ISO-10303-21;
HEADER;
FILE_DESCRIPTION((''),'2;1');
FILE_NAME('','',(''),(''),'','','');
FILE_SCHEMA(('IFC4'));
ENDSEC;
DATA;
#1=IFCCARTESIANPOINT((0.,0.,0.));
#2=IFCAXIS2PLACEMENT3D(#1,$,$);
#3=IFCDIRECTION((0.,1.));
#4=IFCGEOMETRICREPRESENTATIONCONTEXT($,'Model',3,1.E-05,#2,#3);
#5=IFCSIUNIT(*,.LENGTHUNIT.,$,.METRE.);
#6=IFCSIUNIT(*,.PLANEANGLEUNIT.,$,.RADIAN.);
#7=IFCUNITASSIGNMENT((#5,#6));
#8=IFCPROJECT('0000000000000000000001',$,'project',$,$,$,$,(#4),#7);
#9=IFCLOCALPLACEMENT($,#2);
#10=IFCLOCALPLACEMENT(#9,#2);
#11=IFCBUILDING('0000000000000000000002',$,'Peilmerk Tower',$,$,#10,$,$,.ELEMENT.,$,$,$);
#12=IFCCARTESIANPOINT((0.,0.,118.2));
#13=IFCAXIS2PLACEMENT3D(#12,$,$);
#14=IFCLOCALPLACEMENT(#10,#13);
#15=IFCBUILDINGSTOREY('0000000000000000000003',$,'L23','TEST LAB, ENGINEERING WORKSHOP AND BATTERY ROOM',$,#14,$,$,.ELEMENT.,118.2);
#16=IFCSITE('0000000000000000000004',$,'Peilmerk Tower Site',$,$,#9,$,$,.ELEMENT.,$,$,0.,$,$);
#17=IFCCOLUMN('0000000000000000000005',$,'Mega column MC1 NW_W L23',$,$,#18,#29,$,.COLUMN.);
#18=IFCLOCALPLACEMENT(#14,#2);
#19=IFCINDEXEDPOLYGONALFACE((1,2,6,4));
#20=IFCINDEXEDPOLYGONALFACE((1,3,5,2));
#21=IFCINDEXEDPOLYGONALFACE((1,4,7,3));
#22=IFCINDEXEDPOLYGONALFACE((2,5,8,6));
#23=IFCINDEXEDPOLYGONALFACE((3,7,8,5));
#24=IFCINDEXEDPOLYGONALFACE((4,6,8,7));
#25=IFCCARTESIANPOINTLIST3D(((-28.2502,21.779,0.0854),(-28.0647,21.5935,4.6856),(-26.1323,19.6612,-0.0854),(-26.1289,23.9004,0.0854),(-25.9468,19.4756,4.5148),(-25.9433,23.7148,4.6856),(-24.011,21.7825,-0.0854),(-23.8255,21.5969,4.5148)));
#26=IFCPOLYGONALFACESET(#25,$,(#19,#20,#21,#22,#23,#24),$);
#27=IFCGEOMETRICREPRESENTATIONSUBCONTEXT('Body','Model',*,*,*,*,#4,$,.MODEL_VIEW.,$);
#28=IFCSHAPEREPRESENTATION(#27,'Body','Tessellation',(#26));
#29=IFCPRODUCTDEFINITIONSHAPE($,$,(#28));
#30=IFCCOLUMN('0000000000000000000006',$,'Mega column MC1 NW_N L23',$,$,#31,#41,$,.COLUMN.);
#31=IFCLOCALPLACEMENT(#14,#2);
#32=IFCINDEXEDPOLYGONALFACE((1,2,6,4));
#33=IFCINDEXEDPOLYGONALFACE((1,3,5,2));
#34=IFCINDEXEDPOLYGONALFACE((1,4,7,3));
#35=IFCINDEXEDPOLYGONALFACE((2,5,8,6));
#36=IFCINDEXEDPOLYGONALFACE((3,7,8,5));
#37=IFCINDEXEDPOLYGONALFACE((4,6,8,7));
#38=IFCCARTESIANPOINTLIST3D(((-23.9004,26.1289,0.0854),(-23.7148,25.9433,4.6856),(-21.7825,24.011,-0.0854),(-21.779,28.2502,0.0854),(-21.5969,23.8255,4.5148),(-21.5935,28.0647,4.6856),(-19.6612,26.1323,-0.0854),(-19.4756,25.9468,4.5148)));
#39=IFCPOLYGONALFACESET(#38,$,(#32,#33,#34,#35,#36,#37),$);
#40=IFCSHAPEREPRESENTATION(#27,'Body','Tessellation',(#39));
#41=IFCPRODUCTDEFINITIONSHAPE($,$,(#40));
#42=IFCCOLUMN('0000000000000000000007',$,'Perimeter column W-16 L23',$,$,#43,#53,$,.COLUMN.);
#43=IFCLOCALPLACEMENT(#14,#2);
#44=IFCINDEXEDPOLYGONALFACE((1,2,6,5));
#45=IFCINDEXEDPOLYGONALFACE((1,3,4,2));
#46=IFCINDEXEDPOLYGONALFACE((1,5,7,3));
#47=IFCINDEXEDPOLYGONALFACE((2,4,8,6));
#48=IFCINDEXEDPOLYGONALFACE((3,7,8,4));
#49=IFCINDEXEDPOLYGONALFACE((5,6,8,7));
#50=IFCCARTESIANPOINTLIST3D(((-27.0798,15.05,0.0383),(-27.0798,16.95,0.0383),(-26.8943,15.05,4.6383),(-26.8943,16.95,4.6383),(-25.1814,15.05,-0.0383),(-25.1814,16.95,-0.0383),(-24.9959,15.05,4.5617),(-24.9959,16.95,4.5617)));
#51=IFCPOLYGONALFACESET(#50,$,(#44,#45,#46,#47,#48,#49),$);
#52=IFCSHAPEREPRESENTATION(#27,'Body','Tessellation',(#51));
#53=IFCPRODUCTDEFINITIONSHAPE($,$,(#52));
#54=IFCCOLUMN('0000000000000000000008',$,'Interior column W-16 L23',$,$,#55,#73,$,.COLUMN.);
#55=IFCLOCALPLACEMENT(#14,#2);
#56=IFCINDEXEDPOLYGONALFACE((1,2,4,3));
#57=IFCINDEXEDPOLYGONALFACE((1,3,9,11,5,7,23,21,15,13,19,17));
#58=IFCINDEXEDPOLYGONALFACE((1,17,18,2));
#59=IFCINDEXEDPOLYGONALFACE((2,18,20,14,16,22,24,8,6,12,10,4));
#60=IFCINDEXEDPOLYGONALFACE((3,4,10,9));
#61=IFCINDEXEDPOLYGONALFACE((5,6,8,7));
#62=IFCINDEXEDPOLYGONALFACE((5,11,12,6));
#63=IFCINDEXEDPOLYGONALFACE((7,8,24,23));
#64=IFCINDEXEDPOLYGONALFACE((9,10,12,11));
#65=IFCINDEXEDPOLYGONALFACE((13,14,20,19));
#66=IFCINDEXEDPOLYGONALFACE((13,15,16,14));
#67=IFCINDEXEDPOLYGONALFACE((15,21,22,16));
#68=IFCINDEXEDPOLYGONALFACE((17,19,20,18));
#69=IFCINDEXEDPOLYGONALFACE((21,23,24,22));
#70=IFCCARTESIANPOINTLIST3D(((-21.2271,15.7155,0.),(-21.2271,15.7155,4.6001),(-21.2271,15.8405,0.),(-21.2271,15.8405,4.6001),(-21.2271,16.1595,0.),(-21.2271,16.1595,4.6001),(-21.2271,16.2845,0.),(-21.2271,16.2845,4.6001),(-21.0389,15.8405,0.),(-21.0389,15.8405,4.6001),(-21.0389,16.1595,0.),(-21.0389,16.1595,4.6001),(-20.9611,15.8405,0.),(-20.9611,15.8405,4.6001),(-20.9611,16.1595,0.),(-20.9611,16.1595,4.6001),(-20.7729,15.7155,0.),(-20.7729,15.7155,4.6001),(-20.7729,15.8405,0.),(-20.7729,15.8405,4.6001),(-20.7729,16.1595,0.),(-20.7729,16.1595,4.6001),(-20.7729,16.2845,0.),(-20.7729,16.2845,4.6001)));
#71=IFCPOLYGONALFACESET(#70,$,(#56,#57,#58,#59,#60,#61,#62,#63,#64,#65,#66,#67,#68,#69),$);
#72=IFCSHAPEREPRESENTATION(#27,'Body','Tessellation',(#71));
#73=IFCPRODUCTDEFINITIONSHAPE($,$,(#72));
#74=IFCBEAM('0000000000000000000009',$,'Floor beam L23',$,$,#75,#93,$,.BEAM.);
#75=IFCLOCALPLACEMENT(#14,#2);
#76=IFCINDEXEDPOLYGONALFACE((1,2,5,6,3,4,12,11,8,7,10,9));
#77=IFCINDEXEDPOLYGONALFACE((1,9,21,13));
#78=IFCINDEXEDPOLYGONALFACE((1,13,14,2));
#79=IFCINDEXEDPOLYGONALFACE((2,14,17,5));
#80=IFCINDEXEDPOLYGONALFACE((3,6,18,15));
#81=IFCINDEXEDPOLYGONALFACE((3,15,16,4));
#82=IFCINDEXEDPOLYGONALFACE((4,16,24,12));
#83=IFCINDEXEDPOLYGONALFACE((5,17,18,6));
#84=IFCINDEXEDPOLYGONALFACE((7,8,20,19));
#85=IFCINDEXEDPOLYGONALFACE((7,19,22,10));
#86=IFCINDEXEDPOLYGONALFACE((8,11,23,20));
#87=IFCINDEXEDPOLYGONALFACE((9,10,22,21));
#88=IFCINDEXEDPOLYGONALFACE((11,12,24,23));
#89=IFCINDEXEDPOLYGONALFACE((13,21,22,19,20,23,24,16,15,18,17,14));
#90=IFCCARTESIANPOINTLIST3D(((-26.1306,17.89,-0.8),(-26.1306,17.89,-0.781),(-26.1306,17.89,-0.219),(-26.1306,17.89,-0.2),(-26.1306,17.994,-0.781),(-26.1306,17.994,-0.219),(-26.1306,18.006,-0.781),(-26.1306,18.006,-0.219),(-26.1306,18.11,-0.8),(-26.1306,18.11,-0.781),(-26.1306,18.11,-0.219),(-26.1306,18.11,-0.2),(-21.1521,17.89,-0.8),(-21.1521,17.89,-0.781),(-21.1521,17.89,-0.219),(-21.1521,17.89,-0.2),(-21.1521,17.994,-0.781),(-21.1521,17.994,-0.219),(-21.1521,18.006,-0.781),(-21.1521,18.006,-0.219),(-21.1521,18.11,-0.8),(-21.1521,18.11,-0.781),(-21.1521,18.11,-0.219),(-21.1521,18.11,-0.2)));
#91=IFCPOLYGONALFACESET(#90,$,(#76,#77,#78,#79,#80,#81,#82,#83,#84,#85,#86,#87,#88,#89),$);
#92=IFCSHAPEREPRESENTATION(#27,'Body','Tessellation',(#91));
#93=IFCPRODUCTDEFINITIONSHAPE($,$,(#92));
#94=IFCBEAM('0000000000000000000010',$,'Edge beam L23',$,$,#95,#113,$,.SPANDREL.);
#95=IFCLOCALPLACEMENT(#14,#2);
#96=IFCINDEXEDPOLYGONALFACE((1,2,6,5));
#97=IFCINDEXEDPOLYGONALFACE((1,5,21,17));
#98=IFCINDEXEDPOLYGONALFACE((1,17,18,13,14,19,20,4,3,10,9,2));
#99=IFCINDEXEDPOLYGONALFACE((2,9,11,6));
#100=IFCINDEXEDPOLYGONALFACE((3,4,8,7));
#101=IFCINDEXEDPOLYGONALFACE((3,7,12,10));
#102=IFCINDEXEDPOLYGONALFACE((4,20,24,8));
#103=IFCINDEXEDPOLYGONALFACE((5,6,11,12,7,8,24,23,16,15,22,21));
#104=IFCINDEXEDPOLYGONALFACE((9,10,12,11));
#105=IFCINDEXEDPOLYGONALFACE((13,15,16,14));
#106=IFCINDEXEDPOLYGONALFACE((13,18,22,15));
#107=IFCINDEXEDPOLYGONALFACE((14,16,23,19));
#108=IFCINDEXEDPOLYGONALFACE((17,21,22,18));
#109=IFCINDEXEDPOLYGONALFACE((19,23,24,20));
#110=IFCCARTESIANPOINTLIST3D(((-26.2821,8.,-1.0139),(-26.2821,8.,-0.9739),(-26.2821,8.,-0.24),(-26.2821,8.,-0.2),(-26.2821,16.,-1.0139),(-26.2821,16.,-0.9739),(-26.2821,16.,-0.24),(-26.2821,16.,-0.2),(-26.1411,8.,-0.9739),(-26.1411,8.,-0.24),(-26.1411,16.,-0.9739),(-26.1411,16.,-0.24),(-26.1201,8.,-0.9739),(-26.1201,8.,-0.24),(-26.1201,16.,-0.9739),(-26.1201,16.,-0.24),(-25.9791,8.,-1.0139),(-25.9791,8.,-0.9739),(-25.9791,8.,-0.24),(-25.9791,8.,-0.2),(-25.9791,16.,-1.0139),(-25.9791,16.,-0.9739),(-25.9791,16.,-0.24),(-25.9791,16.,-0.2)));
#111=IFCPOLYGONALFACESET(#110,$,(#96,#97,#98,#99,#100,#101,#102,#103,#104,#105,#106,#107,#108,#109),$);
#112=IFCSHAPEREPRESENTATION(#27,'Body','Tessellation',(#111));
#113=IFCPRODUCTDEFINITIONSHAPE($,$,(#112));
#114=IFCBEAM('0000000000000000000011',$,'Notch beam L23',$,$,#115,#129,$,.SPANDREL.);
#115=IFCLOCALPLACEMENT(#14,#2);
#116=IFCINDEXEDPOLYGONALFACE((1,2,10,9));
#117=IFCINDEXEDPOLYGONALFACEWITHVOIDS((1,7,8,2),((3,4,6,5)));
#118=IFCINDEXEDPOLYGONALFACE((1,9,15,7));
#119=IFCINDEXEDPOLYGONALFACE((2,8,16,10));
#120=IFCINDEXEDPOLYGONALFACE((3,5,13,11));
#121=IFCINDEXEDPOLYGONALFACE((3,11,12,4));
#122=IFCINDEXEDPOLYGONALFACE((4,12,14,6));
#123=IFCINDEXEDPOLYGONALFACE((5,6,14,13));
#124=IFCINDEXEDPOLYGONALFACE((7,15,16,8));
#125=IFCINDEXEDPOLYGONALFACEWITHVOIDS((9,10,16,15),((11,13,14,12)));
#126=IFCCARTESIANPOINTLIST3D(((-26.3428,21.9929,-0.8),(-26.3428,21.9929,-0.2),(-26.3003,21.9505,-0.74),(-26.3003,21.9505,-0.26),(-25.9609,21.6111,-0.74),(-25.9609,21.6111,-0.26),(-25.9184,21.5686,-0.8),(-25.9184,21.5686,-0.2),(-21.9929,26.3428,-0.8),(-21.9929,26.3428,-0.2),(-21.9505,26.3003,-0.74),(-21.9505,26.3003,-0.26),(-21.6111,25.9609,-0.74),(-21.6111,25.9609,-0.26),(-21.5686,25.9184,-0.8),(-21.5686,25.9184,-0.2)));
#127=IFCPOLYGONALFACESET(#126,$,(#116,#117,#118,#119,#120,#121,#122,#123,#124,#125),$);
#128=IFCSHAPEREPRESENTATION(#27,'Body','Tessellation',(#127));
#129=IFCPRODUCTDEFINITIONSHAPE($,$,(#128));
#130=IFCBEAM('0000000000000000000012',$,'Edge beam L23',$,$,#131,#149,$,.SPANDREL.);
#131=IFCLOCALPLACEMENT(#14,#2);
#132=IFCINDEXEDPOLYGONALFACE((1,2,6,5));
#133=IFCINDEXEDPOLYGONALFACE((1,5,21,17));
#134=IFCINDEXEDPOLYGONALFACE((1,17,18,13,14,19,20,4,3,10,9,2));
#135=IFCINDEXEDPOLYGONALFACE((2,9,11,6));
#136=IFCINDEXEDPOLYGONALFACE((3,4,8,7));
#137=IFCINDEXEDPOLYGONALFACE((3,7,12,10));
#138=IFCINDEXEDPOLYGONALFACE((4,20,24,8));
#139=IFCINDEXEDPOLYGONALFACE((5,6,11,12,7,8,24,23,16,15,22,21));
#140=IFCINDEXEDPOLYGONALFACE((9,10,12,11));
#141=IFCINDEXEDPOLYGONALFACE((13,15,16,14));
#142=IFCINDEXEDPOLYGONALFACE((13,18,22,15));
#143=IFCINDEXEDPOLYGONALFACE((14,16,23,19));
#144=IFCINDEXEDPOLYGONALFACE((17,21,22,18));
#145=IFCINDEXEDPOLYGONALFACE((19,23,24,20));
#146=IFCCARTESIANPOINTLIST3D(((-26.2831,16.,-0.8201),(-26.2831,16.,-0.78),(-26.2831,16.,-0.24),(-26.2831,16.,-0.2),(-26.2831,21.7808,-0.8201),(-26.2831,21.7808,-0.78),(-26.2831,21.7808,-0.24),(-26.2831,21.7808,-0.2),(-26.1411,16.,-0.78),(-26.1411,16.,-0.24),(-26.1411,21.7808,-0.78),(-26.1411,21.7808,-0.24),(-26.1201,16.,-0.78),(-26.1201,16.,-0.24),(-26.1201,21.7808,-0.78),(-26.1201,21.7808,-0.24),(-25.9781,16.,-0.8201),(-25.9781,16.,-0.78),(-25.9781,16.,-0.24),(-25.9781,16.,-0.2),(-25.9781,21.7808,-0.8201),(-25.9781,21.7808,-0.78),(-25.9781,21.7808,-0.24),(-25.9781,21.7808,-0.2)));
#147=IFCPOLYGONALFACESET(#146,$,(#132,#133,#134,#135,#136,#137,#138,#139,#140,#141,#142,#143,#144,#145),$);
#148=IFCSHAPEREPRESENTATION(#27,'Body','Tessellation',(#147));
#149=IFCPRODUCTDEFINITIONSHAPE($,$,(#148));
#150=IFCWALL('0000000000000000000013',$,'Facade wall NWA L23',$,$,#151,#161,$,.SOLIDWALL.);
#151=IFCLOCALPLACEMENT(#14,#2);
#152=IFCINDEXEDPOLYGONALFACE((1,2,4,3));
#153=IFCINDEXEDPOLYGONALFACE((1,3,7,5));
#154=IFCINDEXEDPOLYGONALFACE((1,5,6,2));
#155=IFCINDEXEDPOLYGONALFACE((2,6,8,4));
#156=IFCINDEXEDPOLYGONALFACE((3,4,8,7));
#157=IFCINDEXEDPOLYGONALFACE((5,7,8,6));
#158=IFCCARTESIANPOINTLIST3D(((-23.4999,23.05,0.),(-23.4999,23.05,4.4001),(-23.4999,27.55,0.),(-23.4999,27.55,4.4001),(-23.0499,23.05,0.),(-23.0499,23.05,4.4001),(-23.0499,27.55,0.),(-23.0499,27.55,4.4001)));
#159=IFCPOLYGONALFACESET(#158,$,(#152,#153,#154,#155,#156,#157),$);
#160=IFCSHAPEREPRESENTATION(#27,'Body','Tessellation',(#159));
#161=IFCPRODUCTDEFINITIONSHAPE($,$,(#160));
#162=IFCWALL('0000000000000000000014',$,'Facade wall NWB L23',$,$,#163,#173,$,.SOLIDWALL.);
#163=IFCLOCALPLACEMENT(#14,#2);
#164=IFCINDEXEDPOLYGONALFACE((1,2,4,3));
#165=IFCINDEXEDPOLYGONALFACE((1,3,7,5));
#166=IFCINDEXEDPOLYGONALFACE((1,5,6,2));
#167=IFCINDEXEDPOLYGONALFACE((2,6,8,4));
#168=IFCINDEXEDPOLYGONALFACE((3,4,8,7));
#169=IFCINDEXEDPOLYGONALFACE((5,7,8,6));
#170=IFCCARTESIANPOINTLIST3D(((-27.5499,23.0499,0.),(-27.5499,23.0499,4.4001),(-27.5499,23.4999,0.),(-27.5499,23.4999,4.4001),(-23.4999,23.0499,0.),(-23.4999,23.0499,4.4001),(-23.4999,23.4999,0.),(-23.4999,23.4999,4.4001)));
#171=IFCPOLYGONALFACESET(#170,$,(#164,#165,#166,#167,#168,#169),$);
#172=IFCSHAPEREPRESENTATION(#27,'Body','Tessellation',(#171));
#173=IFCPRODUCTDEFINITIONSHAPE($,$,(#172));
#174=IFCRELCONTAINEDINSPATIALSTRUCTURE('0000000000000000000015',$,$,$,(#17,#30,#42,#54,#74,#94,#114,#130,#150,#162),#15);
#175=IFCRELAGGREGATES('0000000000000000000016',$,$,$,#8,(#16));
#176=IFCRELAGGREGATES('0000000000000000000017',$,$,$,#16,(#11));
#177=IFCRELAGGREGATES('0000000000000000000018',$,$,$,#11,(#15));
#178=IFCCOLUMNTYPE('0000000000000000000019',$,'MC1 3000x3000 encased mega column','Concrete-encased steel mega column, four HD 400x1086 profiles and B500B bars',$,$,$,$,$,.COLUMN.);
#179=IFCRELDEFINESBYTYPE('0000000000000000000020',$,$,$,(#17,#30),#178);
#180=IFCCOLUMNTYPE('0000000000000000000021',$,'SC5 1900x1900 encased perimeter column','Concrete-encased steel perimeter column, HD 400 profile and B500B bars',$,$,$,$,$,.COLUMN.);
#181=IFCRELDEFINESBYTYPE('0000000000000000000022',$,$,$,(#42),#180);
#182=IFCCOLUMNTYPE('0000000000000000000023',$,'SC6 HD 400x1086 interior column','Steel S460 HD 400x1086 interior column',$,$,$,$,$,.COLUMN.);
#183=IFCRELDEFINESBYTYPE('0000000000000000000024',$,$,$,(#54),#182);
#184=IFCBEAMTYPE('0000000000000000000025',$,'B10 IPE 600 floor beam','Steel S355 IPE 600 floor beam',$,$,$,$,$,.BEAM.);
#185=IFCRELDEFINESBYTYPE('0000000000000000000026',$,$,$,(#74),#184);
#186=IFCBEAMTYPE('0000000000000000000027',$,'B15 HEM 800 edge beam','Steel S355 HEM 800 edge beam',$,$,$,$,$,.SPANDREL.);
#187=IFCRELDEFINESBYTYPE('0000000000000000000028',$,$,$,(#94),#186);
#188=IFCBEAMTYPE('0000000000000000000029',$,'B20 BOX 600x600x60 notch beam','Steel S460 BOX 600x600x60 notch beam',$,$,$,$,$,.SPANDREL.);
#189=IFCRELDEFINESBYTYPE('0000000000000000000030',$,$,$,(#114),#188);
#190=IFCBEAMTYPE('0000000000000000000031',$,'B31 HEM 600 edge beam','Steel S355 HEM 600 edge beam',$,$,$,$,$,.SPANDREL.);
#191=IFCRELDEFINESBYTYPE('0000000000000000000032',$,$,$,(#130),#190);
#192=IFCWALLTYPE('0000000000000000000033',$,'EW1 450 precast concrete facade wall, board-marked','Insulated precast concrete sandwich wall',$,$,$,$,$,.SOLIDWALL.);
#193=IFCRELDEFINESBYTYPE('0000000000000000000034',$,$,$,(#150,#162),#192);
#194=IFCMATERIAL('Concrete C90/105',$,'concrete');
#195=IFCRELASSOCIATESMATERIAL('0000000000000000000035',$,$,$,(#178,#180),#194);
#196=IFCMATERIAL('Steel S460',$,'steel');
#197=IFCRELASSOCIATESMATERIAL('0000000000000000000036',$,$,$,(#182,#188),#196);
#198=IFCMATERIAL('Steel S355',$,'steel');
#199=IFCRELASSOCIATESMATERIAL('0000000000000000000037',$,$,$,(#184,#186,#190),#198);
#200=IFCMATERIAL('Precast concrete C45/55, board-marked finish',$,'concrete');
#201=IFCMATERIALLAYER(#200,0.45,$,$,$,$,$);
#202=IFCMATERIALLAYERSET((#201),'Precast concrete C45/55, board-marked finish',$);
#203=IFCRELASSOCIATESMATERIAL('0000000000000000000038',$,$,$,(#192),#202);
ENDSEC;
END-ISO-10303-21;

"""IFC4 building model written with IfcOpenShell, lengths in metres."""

from ifc_helpers import new_model, si_unit, direction, frame, frame_2d, origin, origin_2d, place, context, subcontext, project, spatial, rectangle, hollow_rectangle, i_section, extrude, material, layer, layer_set, material_profile, profile_set, type_object, element, save


model = new_model("IFC4")

# Units and contexts
model_context = context("Model", 3, precision=1e-05, world=origin(), true_north=direction((0.0, 1.0)))
body_context = subcontext(model_context, "Body", "Model", "MODEL_VIEW")
ifc_project = project(units=[si_unit("LENGTHUNIT", "METRE"), si_unit("PLANEANGLEUNIT", "RADIAN")], contexts=[model_context])

# Site, building, storey
site_placement = place(None, origin())
site = spatial("IfcSite", under=ifc_project, at=site_placement, Name="Peilmerk Tower Site", CompositionType="ELEMENT", RefElevation=0.0)
building_placement = place(site_placement, origin())
building = spatial("IfcBuilding", under=site, at=building_placement, Name="Peilmerk Tower", CompositionType="ELEMENT")
storey_placement = place(building_placement, frame((0.0, 0.0, 118.2)))
storey = spatial("IfcBuildingStorey", under=building, at=storey_placement, Name="L23", Description="TEST LAB, ENGINEERING WORKSHOP AND BATTERY ROOM", CompositionType="ELEMENT", Elevation=118.2)

# Columns
ifc_material_1 = material(Name="Concrete C90/105", Category="concrete")
ifc_material_profile_1 = material_profile(ifc_material_1, rectangle(XDim=3.0, YDim=3.0, at=origin_2d()), Name="RC 3000x3000")
ifc_profile_set_1 = profile_set([ifc_material_profile_1], Name="Concrete C90/105")
column_type_1 = type_object("IfcColumnType", Name="MC1 3000x3000 encased mega column", Description="Concrete-encased steel mega column, four HD 400x1086 profiles and B500B bars", PredefinedType="COLUMN", material=ifc_profile_set_1)
for number, where, z_axis, x_axis, name in (
    (1, (-26.1306, 21.7808, 0.0), (0.04027, -0.04027, 0.998377), (0.707107, 0.707107, 0.0), "Mega column MC1 NW_W L23"),
    (2, (-21.7808, 26.1306, 0.0), (0.04027, -0.04027, 0.998377), (0.707107, 0.707107, 0.0), "Mega column MC1 NW_N L23"),
):
    element("IfcColumn", number, at=place(storey_placement, frame(where, z_axis=z_axis, x_axis=x_axis)), inside=storey, type_object=column_type_1, Name=name, PredefinedType="COLUMN", context=body_context, shape_type="SweptSolid", body=[
        extrude(rectangle(XDim=3.0, YDim=3.0, at=origin_2d()), origin(), (0.0, 0.0, 1.0), 4.6077),
    ])
ifc_material_profile_2 = material_profile(ifc_material_1, rectangle(XDim=1.8999, YDim=1.8999, at=origin_2d()), Name="RC 1900x1900")
ifc_profile_set_2 = profile_set([ifc_material_profile_2], Name="Concrete C90/105")
column_type_2 = type_object("IfcColumnType", Name="SC5 1900x1900 encased perimeter column", Description="Concrete-encased steel perimeter column, HD 400 profile and B500B bars", PredefinedType="COLUMN", material=ifc_profile_set_2)
column_1_placement = place(storey_placement, frame((-26.1306, 16.0, 0.0), z_axis=(0.040303, 0.0, 0.999188), x_axis=(0.0, 1.0, 0.0)))
element("IfcColumn", 3, at=column_1_placement, inside=storey, type_object=column_type_2, Name="Perimeter column W-16 L23", PredefinedType="COLUMN", context=body_context, shape_type="SweptSolid", body=[
    extrude(rectangle(XDim=1.8999, YDim=1.8999, at=origin_2d()), origin(), (0.0, 0.0, 1.0), 4.6038),
])
ifc_material_2 = material(Name="Steel S460", Category="steel")
ifc_material_profile_3 = material_profile(ifc_material_2, i_section(OverallWidth=0.4541, OverallDepth=0.5691, WebThickness=0.0779, FlangeThickness=0.125, at=origin_2d()), Name="HD 400x1086")
ifc_profile_set_3 = profile_set([ifc_material_profile_3], Name="Steel S460")
column_type_3 = type_object("IfcColumnType", Name="SC6 HD 400x1086 interior column", Description="Steel S460 HD 400x1086 interior column", PredefinedType="COLUMN", material=ifc_profile_set_3)
column_2_placement = place(storey_placement, frame((-21.0, 16.0, 0.0), z_axis=(0.0, 0.0, 1.0), x_axis=(1.0, 0.0, 0.0)))
element("IfcColumn", 4, at=column_2_placement, inside=storey, type_object=column_type_3, Name="Interior column W-16 L23", PredefinedType="COLUMN", context=body_context, shape_type="SweptSolid", body=[
    extrude(i_section(OverallWidth=0.4541, OverallDepth=0.5691, WebThickness=0.0779, FlangeThickness=0.125, at=origin_2d()), origin(), (0.0, 0.0, 1.0), 4.6001),
])

# Beams
ifc_material_3 = material(Name="Steel S355", Category="steel")
ifc_material_profile_4 = material_profile(ifc_material_3, i_section(OverallWidth=0.22, OverallDepth=0.6001, WebThickness=0.012, FlangeThickness=0.019, at=origin_2d()), Name="IPE 600")
ifc_profile_set_4 = profile_set([ifc_material_profile_4], Name="Steel S355")
beam_type_1 = type_object("IfcBeamType", Name="B10 IPE 600 floor beam", Description="Steel S355 IPE 600 floor beam", PredefinedType="BEAM", material=ifc_profile_set_4)
beam_1_placement = place(storey_placement, frame((-21.1521, 18.0, -0.5), z_axis=(-1.0, 0.0, 0.0), x_axis=(0.0, -1.0, 0.0)))
element("IfcBeam", 5, at=beam_1_placement, inside=storey, type_object=beam_type_1, Name="Floor beam L23", PredefinedType="BEAM", context=body_context, shape_type="SweptSolid", body=[
    extrude(i_section(OverallWidth=0.22, OverallDepth=0.6001, WebThickness=0.012, FlangeThickness=0.019, at=origin_2d()), origin(), (0.0, 0.0, 1.0), 4.9785),
])
ifc_material_profile_5 = material_profile(ifc_material_3, i_section(OverallWidth=0.303, OverallDepth=0.814, WebThickness=0.021, FlangeThickness=0.04, at=origin_2d()), Name="HEM 800")
ifc_profile_set_5 = profile_set([ifc_material_profile_5], Name="Steel S355")
beam_type_2 = type_object("IfcBeamType", Name="B15 HEM 800 edge beam", Description="Steel S355 HEM 800 edge beam", PredefinedType="SPANDREL", material=ifc_profile_set_5)
beam_2_placement = place(storey_placement, frame((-26.1306, 16.0, -0.6069), z_axis=(0.0, -1.0, 0.0), x_axis=(1.0, 0.0, 0.0)))
element("IfcBeam", 6, at=beam_2_placement, inside=storey, type_object=beam_type_2, Name="Edge beam L23", PredefinedType="SPANDREL", context=body_context, shape_type="SweptSolid", body=[
    extrude(i_section(OverallWidth=0.303, OverallDepth=0.814, WebThickness=0.021, FlangeThickness=0.04, at=origin_2d()), origin(), (0.0, 0.0, 1.0), 8.0),
])
ifc_material_profile_6 = material_profile(ifc_material_2, hollow_rectangle(XDim=0.6001, YDim=0.6001, WallThickness=0.0601, at=origin_2d()), Name="BOX 600x600x60")
ifc_profile_set_6 = profile_set([ifc_material_profile_6], Name="Steel S460")
beam_type_3 = type_object("IfcBeamType", Name="B20 BOX 600x600x60 notch beam", Description="Steel S460 BOX 600x600x60 notch beam", PredefinedType="SPANDREL", material=ifc_profile_set_6)
beam_3_placement = place(storey_placement, frame((-26.1306, 21.7808, -0.5), z_axis=(0.707107, 0.707107, 0.0), x_axis=(-0.707107, 0.707107, 0.0)))
element("IfcBeam", 7, at=beam_3_placement, inside=storey, type_object=beam_type_3, Name="Notch beam L23", PredefinedType="SPANDREL", context=body_context, shape_type="SweptSolid", body=[
    extrude(hollow_rectangle(XDim=0.6001, YDim=0.6001, WallThickness=0.0601, at=origin_2d()), origin(), (0.0, 0.0, 1.0), 6.1516),
])
ifc_material_profile_7 = material_profile(ifc_material_3, i_section(OverallWidth=0.3049, OverallDepth=0.6201, WebThickness=0.021, FlangeThickness=0.04, at=origin_2d()), Name="HEM 600")
ifc_profile_set_7 = profile_set([ifc_material_profile_7], Name="Steel S355")
beam_type_4 = type_object("IfcBeamType", Name="B31 HEM 600 edge beam", Description="Steel S355 HEM 600 edge beam", PredefinedType="SPANDREL", material=ifc_profile_set_7)
beam_4_placement = place(storey_placement, frame((-26.1306, 21.7808, -0.51), z_axis=(0.0, -1.0, 0.0), x_axis=(1.0, 0.0, 0.0)))
element("IfcBeam", 8, at=beam_4_placement, inside=storey, type_object=beam_type_4, Name="Edge beam L23", PredefinedType="SPANDREL", context=body_context, shape_type="SweptSolid", body=[
    extrude(i_section(OverallWidth=0.3049, OverallDepth=0.6201, WebThickness=0.021, FlangeThickness=0.04, at=origin_2d()), origin(), (0.0, 0.0, 1.0), 5.7808),
])

# Shared definitions
ifc_material_4 = material(Name="Precast concrete C45/55, board-marked finish", Category="concrete")
ifc_layer = layer(ifc_material_4, 0.45)
ifc_layer_set = layer_set([ifc_layer], Name="Precast concrete C45/55, board-marked finish")
wall_type = type_object("IfcWallType", Name="EW1 450 precast concrete facade wall, board-marked", Description="Insulated precast concrete sandwich wall", PredefinedType="SOLIDWALL", material=ifc_layer_set)

# Walls
wall_1_placement = place(storey_placement, frame((-23.2749, 23.05, 0.0), z_axis=(0.0, 0.0, 1.0), x_axis=(0.0, 1.0, 0.0)))
element("IfcWall", 9, at=wall_1_placement, inside=storey, type_object=wall_type, Name="Facade wall NWA L23", PredefinedType="SOLIDWALL", context=body_context, shape_type="SweptSolid", body=[
    extrude(rectangle(XDim=4.5, YDim=0.45, at=frame_2d((2.25, 0.0))), origin(), (0.0, 0.0, 1.0), 4.4001),
])
wall_2_placement = place(storey_placement, frame((-23.5, 23.2749, 0.0), z_axis=(0.0, 0.0, 1.0), x_axis=(-1.0, 0.0, 0.0)))
element("IfcWall", 10, at=wall_2_placement, inside=storey, type_object=wall_type, Name="Facade wall NWB L23", PredefinedType="SOLIDWALL", context=body_context, shape_type="SweptSolid", body=[
    extrude(rectangle(XDim=4.05, YDim=0.45, at=frame_2d((2.0249, 0.0))), origin(), (0.0, 0.0, 1.0), 4.4001),
])

save(model, "model.ifc")
